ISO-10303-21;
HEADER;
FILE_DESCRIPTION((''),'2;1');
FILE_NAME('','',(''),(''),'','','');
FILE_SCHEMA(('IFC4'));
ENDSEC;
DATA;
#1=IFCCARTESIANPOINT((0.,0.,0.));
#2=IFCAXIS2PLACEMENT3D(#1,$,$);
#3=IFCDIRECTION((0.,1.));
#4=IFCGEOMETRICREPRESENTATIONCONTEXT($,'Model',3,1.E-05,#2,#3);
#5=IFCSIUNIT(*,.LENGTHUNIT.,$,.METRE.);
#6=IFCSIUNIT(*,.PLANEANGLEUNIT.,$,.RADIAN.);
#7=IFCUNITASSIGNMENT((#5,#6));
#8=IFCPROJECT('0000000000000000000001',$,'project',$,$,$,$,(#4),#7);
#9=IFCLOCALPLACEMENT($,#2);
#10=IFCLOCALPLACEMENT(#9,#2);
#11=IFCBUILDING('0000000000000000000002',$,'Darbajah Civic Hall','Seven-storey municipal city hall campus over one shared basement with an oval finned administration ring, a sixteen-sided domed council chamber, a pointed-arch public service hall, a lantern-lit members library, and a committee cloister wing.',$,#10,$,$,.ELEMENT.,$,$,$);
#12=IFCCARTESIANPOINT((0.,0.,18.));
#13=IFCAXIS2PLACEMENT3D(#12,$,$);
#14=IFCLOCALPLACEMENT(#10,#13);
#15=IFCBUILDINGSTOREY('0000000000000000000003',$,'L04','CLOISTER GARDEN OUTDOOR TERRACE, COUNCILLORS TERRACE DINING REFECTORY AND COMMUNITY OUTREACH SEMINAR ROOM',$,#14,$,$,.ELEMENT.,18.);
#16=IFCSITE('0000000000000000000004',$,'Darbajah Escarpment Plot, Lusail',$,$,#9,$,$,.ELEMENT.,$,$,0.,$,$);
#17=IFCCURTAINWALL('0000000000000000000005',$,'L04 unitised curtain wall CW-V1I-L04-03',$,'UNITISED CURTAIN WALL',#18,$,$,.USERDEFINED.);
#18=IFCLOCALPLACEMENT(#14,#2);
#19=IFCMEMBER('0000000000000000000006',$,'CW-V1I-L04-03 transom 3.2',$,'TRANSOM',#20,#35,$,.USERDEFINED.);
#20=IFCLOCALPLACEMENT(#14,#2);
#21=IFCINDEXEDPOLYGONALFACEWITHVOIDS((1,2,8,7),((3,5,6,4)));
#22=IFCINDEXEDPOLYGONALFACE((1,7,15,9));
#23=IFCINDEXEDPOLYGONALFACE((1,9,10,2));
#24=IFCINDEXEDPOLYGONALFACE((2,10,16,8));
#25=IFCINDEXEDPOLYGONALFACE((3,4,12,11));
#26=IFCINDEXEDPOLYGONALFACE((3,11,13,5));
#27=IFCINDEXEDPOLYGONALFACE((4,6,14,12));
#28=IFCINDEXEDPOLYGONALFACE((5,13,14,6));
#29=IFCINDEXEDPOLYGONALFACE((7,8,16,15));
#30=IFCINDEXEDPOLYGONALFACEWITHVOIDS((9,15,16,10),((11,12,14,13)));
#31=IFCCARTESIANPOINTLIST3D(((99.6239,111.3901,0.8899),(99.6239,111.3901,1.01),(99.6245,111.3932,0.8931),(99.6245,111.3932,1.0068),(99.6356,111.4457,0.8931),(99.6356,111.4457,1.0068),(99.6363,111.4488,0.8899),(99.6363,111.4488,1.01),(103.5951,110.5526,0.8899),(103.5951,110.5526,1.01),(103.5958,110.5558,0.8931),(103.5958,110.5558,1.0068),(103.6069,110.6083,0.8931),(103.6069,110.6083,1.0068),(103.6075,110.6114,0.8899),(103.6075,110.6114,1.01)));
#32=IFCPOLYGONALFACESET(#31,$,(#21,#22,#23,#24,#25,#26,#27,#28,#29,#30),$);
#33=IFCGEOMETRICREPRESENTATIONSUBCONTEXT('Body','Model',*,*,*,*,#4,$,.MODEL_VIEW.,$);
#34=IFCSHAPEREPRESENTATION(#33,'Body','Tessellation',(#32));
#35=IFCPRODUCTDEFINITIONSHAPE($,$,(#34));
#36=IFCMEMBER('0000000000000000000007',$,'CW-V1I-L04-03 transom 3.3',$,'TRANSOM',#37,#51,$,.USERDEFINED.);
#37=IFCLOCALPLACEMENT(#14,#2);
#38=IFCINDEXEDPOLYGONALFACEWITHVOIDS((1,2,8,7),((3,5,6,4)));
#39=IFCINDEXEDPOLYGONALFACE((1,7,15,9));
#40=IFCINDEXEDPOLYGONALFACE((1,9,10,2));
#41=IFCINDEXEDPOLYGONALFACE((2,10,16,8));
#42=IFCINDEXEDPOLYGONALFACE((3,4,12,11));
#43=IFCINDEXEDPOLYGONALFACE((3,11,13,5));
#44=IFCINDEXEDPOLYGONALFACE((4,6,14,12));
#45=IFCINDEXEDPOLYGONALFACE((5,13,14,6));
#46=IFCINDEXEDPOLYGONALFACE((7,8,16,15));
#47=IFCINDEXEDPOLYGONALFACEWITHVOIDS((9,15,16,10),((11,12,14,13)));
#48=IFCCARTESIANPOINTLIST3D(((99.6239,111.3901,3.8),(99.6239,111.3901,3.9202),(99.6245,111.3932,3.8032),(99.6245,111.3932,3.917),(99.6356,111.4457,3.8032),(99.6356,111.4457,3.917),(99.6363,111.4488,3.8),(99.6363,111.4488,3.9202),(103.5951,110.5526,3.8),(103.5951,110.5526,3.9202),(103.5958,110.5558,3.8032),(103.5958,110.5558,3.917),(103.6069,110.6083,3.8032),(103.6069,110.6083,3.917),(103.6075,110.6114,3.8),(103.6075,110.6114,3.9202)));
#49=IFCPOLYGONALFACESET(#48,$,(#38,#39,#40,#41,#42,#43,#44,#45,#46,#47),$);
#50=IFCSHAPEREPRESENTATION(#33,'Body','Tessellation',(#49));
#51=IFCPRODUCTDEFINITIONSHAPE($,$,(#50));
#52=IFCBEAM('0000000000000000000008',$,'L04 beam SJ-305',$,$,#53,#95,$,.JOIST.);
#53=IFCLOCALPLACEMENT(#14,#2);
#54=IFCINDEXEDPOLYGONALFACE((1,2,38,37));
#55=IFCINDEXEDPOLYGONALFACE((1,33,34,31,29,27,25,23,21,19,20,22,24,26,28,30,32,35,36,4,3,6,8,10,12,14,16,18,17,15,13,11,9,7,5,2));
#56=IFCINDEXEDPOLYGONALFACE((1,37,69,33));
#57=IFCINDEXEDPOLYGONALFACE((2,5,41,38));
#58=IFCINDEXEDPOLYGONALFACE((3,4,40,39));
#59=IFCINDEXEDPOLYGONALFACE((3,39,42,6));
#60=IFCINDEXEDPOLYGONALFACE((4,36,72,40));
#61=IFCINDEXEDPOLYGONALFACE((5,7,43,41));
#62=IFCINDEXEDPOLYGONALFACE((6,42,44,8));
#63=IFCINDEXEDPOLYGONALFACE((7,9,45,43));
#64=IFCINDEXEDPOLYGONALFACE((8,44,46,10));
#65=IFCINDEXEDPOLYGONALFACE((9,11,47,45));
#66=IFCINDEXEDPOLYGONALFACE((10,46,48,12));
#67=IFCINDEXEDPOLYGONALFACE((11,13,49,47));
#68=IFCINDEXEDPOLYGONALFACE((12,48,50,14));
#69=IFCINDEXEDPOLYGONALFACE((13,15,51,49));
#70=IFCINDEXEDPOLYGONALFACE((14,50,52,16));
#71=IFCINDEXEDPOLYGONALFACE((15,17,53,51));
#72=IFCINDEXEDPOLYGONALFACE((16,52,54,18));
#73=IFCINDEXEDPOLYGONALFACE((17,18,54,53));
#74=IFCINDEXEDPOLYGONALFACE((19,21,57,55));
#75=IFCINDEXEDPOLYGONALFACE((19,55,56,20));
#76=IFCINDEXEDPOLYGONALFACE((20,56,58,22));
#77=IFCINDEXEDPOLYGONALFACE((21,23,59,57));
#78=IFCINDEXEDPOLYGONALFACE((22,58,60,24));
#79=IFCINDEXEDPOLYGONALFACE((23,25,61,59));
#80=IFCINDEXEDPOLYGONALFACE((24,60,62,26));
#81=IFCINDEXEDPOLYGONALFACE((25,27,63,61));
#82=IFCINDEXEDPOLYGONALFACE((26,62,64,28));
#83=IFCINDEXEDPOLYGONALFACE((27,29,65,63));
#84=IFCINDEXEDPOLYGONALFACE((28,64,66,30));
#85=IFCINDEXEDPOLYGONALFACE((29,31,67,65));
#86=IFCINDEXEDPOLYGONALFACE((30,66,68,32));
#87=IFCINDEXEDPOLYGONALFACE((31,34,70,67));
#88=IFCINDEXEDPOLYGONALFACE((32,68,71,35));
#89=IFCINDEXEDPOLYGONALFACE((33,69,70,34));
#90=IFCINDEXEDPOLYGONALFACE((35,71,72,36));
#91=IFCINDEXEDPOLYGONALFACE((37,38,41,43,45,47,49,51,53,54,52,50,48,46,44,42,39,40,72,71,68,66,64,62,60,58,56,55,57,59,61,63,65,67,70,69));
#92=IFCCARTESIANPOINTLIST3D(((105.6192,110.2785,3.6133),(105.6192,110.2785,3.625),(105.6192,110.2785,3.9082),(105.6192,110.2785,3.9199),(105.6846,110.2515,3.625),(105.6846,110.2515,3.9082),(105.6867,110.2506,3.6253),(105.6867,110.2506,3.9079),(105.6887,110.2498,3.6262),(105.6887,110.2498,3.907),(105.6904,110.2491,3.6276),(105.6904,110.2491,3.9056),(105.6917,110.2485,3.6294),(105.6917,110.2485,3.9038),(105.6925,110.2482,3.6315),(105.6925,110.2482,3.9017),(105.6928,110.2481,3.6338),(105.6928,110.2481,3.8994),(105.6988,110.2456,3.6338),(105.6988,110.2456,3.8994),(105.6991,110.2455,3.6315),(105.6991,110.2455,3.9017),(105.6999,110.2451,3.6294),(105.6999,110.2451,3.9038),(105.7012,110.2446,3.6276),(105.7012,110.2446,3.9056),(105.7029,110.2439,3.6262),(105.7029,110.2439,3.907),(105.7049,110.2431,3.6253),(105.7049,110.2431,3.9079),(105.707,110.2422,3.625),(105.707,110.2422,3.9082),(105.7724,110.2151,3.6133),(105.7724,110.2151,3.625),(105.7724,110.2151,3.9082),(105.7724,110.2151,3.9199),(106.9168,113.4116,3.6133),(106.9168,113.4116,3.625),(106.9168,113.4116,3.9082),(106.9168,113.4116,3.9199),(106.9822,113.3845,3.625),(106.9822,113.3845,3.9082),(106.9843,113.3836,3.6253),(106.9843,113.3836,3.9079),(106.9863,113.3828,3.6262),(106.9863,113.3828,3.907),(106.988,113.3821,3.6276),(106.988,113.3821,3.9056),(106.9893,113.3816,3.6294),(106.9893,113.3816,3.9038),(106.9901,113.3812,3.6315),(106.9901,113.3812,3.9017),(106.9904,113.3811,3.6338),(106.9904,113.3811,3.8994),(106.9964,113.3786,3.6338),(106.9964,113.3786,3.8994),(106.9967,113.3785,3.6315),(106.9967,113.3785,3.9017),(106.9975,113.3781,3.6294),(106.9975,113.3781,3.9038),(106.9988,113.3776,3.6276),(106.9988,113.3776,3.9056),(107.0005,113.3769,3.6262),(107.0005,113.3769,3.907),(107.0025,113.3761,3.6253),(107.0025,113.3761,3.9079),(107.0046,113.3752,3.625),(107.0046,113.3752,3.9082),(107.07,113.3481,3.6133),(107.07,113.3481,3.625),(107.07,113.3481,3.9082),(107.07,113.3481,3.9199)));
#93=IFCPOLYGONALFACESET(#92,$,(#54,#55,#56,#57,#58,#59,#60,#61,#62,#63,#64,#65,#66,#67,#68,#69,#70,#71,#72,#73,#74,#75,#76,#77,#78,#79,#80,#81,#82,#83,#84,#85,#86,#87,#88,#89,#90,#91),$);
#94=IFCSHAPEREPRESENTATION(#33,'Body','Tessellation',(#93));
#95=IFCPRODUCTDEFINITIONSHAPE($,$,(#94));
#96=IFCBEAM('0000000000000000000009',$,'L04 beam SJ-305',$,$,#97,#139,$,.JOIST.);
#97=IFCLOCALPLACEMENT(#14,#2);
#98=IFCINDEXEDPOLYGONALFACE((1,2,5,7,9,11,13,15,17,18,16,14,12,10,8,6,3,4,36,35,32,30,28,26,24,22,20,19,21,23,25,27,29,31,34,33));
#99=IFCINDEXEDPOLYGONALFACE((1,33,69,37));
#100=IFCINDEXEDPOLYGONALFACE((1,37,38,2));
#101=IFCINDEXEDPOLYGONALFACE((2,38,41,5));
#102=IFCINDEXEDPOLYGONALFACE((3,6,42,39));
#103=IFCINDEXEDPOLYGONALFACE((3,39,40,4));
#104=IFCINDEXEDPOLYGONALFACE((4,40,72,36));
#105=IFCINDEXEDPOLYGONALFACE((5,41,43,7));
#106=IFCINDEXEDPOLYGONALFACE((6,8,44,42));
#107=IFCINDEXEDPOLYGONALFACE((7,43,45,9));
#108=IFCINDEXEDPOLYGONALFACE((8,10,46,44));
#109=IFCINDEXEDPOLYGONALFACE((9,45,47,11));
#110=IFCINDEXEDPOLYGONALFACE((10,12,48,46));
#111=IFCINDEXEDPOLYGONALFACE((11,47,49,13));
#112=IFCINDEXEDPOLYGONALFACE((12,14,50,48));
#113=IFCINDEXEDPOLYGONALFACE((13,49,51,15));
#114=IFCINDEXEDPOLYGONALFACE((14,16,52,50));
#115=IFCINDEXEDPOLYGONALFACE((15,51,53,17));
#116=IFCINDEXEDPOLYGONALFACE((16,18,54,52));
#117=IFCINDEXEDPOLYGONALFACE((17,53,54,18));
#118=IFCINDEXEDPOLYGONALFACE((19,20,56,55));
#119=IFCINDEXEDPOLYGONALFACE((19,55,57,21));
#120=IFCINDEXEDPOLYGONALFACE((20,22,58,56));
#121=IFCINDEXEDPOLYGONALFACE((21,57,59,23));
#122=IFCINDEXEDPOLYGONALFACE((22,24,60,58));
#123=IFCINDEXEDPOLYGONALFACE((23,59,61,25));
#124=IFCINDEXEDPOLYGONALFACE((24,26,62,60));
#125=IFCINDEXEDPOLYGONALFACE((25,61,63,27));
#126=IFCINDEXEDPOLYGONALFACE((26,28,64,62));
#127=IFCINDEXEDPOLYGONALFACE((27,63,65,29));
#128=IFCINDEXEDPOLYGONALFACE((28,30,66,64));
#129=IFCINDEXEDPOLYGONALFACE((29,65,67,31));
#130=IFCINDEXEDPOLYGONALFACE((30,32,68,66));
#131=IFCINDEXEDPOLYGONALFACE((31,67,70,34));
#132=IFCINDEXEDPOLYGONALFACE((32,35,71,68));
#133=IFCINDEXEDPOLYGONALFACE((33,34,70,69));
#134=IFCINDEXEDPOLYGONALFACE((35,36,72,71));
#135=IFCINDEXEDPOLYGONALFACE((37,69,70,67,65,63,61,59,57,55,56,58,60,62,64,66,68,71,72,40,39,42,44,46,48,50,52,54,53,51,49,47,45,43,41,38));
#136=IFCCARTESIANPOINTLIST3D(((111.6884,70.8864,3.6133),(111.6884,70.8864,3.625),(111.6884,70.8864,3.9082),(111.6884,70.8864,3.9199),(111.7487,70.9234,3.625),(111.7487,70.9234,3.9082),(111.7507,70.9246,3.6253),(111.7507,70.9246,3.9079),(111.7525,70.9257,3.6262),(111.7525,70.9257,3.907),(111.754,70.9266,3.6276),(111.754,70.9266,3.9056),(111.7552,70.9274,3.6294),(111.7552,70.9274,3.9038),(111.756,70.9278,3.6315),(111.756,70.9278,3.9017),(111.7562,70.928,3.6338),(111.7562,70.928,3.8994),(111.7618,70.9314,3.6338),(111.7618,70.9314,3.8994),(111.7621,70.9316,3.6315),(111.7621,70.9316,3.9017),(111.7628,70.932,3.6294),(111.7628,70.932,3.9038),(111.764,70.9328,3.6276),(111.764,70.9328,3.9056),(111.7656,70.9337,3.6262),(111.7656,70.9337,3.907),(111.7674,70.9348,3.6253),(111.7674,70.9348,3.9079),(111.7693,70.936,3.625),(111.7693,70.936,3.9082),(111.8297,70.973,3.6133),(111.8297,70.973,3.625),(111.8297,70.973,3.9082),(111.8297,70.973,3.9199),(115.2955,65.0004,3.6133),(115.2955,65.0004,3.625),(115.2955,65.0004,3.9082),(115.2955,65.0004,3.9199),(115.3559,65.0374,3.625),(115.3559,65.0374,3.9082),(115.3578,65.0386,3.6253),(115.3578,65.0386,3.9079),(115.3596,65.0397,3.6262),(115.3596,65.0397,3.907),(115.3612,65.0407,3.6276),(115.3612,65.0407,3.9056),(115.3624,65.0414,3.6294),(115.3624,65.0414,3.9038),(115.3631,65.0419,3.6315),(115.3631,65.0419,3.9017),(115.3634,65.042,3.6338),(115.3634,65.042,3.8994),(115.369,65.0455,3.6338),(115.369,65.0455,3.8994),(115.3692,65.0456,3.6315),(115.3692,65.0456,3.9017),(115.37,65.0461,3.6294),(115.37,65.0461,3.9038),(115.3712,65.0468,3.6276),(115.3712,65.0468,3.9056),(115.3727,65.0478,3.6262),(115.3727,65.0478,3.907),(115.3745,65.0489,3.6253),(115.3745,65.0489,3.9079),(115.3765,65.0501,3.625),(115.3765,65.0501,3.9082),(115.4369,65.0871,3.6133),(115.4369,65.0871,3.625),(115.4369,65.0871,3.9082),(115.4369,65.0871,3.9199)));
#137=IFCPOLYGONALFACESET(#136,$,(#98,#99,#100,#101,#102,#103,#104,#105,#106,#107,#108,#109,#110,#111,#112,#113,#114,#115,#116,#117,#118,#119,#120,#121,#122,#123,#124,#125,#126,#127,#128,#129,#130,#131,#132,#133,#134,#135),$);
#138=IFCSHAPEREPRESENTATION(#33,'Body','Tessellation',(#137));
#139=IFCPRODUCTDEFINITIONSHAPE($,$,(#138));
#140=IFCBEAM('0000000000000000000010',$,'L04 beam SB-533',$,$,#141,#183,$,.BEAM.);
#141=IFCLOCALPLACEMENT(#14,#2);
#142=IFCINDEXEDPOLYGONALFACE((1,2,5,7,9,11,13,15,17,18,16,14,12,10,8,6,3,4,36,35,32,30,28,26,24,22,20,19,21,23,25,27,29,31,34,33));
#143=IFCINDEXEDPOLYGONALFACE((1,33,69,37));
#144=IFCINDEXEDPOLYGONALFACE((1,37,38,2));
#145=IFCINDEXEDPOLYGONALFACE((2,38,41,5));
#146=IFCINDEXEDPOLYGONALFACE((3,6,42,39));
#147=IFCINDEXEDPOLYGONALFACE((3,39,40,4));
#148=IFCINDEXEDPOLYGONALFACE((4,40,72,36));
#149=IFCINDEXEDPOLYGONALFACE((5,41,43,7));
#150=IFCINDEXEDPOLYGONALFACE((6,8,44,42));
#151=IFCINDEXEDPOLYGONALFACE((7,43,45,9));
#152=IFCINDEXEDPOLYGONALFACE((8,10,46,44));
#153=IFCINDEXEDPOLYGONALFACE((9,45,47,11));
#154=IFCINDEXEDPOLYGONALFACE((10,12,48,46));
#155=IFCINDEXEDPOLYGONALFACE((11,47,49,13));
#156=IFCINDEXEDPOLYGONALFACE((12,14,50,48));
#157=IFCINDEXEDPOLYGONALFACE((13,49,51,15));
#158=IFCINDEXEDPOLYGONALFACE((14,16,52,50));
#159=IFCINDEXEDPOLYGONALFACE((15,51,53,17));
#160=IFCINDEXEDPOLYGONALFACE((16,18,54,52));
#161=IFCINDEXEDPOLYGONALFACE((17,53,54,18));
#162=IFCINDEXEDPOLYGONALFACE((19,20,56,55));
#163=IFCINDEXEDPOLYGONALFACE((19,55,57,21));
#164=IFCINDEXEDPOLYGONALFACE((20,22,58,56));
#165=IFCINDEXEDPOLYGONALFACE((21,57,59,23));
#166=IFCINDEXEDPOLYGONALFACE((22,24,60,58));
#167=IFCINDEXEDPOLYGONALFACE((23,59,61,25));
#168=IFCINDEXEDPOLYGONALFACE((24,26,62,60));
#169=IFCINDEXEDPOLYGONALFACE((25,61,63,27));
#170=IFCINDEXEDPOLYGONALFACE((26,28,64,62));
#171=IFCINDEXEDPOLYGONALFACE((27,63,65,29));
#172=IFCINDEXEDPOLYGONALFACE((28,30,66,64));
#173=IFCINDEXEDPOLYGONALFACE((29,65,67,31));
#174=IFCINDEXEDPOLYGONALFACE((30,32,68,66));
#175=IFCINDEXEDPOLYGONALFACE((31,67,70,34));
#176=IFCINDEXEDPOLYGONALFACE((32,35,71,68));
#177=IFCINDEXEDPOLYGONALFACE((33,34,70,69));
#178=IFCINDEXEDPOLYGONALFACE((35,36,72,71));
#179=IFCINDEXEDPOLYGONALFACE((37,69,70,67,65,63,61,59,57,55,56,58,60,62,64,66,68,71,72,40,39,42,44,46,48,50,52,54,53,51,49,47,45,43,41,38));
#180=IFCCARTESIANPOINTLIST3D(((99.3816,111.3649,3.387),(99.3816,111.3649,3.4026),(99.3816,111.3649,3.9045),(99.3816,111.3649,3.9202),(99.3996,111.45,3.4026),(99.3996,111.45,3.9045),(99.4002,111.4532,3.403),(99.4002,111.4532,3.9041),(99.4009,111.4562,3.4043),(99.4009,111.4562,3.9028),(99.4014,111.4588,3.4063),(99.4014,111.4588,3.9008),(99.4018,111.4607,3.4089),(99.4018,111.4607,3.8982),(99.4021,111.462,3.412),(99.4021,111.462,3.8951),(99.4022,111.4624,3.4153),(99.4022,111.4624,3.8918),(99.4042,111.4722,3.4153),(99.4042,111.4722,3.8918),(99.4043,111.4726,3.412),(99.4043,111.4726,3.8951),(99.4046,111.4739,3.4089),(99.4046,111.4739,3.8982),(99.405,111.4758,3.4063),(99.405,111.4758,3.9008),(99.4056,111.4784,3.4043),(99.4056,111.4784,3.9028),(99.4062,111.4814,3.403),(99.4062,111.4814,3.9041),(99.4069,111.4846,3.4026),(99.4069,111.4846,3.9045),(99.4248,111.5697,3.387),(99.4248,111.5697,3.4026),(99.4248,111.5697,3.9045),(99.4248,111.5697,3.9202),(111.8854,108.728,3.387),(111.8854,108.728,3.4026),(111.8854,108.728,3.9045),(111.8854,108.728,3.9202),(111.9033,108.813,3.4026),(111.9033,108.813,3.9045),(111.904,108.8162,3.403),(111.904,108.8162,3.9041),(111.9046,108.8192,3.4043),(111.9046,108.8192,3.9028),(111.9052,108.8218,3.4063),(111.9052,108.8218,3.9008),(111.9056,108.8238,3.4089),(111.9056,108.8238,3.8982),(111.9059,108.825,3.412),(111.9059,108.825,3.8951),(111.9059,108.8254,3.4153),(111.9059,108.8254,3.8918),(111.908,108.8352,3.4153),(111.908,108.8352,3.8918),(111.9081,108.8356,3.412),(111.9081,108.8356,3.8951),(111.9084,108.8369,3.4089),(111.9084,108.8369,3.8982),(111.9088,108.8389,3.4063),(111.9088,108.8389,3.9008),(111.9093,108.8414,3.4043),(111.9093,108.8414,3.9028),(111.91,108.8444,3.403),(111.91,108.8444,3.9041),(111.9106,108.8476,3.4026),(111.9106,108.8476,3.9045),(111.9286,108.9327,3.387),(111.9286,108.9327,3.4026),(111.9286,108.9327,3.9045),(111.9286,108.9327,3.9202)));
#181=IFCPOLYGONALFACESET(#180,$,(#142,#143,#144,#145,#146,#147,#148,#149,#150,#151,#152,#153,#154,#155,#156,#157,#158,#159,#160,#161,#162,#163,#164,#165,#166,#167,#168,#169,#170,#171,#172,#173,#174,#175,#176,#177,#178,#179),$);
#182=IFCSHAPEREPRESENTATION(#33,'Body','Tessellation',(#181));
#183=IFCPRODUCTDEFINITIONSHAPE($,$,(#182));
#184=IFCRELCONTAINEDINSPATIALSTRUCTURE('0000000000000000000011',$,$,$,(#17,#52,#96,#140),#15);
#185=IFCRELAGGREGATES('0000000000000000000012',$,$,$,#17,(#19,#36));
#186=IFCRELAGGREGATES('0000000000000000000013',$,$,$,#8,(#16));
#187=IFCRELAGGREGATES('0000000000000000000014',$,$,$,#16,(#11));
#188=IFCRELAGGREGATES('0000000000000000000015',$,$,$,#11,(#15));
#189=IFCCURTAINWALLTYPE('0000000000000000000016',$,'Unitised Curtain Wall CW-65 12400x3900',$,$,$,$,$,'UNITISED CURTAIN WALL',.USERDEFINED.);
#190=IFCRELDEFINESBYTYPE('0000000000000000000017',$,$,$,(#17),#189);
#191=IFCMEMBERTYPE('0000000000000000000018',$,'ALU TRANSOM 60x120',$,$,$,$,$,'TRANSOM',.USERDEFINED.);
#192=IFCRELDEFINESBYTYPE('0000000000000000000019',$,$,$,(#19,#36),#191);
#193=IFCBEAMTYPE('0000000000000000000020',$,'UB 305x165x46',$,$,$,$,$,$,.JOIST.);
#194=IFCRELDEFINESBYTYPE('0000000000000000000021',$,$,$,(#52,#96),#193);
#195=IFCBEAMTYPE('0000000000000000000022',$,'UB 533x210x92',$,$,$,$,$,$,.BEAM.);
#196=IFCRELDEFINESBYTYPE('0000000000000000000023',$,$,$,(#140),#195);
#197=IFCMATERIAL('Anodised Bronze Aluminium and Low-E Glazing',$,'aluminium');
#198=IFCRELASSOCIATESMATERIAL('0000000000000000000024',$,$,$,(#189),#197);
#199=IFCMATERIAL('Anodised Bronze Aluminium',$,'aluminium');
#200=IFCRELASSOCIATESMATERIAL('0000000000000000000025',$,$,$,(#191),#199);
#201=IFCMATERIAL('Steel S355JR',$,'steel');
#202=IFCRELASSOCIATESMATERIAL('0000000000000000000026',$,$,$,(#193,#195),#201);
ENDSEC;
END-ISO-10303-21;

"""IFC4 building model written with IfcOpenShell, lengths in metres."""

from ifc_helpers import new_model, si_unit, direction, frame, origin, origin_2d, place, context, subcontext, project, spatial, hollow_rectangle, i_section, extrude, material, material_profile, profile_set, type_object, element, aggregate, save


model = new_model("IFC4")

# Units and contexts
model_context = context("Model", 3, precision=1e-05, world=origin(), true_north=direction((0.0, 1.0)))
body_context = subcontext(model_context, "Body", "Model", "MODEL_VIEW")
ifc_project = project(units=[si_unit("LENGTHUNIT", "METRE"), si_unit("PLANEANGLEUNIT", "RADIAN")], contexts=[model_context])

# Site, building, storey
site_placement = place(None, origin())
site = spatial("IfcSite", under=ifc_project, at=site_placement, Name="Darbajah Escarpment Plot, Lusail", CompositionType="ELEMENT", RefElevation=0.0)
building_placement = place(site_placement, origin())
building = spatial("IfcBuilding", under=site, at=building_placement, Name="Darbajah Civic Hall", Description="Seven-storey municipal city hall campus over one shared basement with an oval finned administration ring, a sixteen-sided domed council chamber, a pointed-arch public service hall, a lantern-lit members library, and a committee cloister wing.", CompositionType="ELEMENT")
storey_placement = place(building_placement, frame((0.0, 0.0, 18.0)))
storey = spatial("IfcBuildingStorey", under=building, at=storey_placement, Name="L04", Description="CLOISTER GARDEN OUTDOOR TERRACE, COUNCILLORS TERRACE DINING REFECTORY AND COMMUNITY OUTREACH SEMINAR ROOM", CompositionType="ELEMENT", Elevation=18.0)

# Curtain wall, members
ifc_material_1 = material(Name="Anodised Bronze Aluminium and Low-E Glazing", Category="aluminium")
curtain_wall_type = type_object("IfcCurtainWallType", Name="Unitised Curtain Wall CW-65 12400x3900", ElementType="UNITISED CURTAIN WALL", PredefinedType="USERDEFINED", material=ifc_material_1)
curtain_wall_placement = place(storey_placement, origin())
curtain_wall = element("IfcCurtainWall", 1, at=curtain_wall_placement, inside=storey, type_object=curtain_wall_type, Name="L04 unitised curtain wall CW-V1I-L04-03", ObjectType="UNITISED CURTAIN WALL", PredefinedType="USERDEFINED")
ifc_material_2 = material(Name="Anodised Bronze Aluminium", Category="aluminium")
ifc_material_profile_1 = material_profile(ifc_material_2, hollow_rectangle(XDim=0.0601, YDim=0.1201, WallThickness=0.0032, at=origin_2d()), Name="ALU TRANSOM 60x120")
ifc_profile_set_1 = profile_set([ifc_material_profile_1], Name="Anodised Bronze Aluminium")
member_type_1 = type_object("IfcMemberType", Name="ALU TRANSOM 60x120", ElementType="TRANSOM", PredefinedType="USERDEFINED", material=ifc_profile_set_1)
member_1_placement = place(storey_placement, frame((103.6013, 110.582, 0.95), z_axis=(-0.978482, 0.206332, 0.0), x_axis=(-0.206332, -0.978482, 0.0)))
member_1 = element("IfcMember", 2, at=member_1_placement, type_object=member_type_1, Name="CW-V1I-L04-03 transom 3.2", ObjectType="TRANSOM", PredefinedType="USERDEFINED", context=body_context, shape_type="SweptSolid", body=[
    extrude(hollow_rectangle(XDim=0.0601, YDim=0.1201, WallThickness=0.0032, at=origin_2d()), origin(), (0.0, 0.0, 1.0), 4.0586),
])
member_2_placement = place(storey_placement, frame((103.6013, 110.582, 3.8601), z_axis=(-0.978482, 0.206332, 0.0), x_axis=(-0.206332, -0.978482, 0.0)))
member_2 = element("IfcMember", 3, at=member_2_placement, type_object=member_type_1, Name="CW-V1I-L04-03 transom 3.3", ObjectType="TRANSOM", PredefinedType="USERDEFINED", context=body_context, shape_type="SweptSolid", body=[
    extrude(hollow_rectangle(XDim=0.0601, YDim=0.1201, WallThickness=0.0032, at=origin_2d()), origin(), (0.0, 0.0, 1.0), 4.0586),
])

# Beams
ifc_material_3 = material(Name="Steel S355JR", Category="steel")
ifc_material_profile_2 = material_profile(ifc_material_3, i_section(OverallWidth=0.1658, OverallDepth=0.3066, WebThickness=0.0066, FlangeThickness=0.0117, FilletRadius=0.0088, at=origin_2d()), Name="UB 305x165x46")
ifc_profile_set_2 = profile_set([ifc_material_profile_2], Name="Steel S355JR")
beam_type_1 = type_object("IfcBeamType", Name="UB 305x165x46", PredefinedType="JOIST", material=ifc_profile_set_2)
beam_1_placement = place(storey_placement, frame((105.6958, 110.2468, 3.7666), z_axis=(0.382646, 0.923895, 0.0), x_axis=(-0.923895, 0.382646, 0.0)))
element("IfcBeam", 4, at=beam_1_placement, inside=storey, type_object=beam_type_1, Name="L04 beam SJ-305", PredefinedType="JOIST", context=body_context, shape_type="SweptSolid", body=[
    extrude(i_section(OverallWidth=0.1658, OverallDepth=0.3066, WebThickness=0.0066, FlangeThickness=0.0117, FilletRadius=0.0088, at=origin_2d()), origin(), (0.0, 0.0, 1.0), 3.3911),
])
beam_2_placement = place(storey_placement, frame((111.759, 70.9297, 3.7666), z_axis=(0.522524, -0.852625, 0.0), x_axis=(0.852625, 0.522524, 0.0)))
element("IfcBeam", 5, at=beam_2_placement, inside=storey, type_object=beam_type_1, Name="L04 beam SJ-305", PredefinedType="JOIST", context=body_context, shape_type="SweptSolid", body=[
    extrude(i_section(OverallWidth=0.1658, OverallDepth=0.3066, WebThickness=0.0066, FlangeThickness=0.0117, FilletRadius=0.0088, at=origin_2d()), origin(), (0.0, 0.0, 1.0), 6.9033),
])
ifc_material_profile_3 = material_profile(ifc_material_3, i_section(OverallWidth=0.2092, OverallDepth=0.5332, WebThickness=0.01, FlangeThickness=0.0156, FilletRadius=0.0127, at=origin_2d()), Name="UB 533x210x92")
ifc_profile_set_3 = profile_set([ifc_material_profile_3], Name="Steel S355JR")
beam_type_2 = type_object("IfcBeamType", Name="UB 533x210x92", PredefinedType="BEAM", material=ifc_profile_set_3)
beam_3_placement = place(storey_placement, frame((111.907, 108.8303, 3.6536), z_axis=(-0.978477, 0.206356, 0.0), x_axis=(-0.206356, -0.978477, 0.0)))
element("IfcBeam", 6, at=beam_3_placement, inside=storey, type_object=beam_type_2, Name="L04 beam SB-533", PredefinedType="BEAM", context=body_context, shape_type="SweptSolid", body=[
    extrude(i_section(OverallWidth=0.2092, OverallDepth=0.5332, WebThickness=0.01, FlangeThickness=0.0156, FilletRadius=0.0127, at=origin_2d()), origin(), (0.0, 0.0, 1.0), 12.7788),
])

aggregate(curtain_wall, [member_1, member_2])

save(model, "model.ifc")
